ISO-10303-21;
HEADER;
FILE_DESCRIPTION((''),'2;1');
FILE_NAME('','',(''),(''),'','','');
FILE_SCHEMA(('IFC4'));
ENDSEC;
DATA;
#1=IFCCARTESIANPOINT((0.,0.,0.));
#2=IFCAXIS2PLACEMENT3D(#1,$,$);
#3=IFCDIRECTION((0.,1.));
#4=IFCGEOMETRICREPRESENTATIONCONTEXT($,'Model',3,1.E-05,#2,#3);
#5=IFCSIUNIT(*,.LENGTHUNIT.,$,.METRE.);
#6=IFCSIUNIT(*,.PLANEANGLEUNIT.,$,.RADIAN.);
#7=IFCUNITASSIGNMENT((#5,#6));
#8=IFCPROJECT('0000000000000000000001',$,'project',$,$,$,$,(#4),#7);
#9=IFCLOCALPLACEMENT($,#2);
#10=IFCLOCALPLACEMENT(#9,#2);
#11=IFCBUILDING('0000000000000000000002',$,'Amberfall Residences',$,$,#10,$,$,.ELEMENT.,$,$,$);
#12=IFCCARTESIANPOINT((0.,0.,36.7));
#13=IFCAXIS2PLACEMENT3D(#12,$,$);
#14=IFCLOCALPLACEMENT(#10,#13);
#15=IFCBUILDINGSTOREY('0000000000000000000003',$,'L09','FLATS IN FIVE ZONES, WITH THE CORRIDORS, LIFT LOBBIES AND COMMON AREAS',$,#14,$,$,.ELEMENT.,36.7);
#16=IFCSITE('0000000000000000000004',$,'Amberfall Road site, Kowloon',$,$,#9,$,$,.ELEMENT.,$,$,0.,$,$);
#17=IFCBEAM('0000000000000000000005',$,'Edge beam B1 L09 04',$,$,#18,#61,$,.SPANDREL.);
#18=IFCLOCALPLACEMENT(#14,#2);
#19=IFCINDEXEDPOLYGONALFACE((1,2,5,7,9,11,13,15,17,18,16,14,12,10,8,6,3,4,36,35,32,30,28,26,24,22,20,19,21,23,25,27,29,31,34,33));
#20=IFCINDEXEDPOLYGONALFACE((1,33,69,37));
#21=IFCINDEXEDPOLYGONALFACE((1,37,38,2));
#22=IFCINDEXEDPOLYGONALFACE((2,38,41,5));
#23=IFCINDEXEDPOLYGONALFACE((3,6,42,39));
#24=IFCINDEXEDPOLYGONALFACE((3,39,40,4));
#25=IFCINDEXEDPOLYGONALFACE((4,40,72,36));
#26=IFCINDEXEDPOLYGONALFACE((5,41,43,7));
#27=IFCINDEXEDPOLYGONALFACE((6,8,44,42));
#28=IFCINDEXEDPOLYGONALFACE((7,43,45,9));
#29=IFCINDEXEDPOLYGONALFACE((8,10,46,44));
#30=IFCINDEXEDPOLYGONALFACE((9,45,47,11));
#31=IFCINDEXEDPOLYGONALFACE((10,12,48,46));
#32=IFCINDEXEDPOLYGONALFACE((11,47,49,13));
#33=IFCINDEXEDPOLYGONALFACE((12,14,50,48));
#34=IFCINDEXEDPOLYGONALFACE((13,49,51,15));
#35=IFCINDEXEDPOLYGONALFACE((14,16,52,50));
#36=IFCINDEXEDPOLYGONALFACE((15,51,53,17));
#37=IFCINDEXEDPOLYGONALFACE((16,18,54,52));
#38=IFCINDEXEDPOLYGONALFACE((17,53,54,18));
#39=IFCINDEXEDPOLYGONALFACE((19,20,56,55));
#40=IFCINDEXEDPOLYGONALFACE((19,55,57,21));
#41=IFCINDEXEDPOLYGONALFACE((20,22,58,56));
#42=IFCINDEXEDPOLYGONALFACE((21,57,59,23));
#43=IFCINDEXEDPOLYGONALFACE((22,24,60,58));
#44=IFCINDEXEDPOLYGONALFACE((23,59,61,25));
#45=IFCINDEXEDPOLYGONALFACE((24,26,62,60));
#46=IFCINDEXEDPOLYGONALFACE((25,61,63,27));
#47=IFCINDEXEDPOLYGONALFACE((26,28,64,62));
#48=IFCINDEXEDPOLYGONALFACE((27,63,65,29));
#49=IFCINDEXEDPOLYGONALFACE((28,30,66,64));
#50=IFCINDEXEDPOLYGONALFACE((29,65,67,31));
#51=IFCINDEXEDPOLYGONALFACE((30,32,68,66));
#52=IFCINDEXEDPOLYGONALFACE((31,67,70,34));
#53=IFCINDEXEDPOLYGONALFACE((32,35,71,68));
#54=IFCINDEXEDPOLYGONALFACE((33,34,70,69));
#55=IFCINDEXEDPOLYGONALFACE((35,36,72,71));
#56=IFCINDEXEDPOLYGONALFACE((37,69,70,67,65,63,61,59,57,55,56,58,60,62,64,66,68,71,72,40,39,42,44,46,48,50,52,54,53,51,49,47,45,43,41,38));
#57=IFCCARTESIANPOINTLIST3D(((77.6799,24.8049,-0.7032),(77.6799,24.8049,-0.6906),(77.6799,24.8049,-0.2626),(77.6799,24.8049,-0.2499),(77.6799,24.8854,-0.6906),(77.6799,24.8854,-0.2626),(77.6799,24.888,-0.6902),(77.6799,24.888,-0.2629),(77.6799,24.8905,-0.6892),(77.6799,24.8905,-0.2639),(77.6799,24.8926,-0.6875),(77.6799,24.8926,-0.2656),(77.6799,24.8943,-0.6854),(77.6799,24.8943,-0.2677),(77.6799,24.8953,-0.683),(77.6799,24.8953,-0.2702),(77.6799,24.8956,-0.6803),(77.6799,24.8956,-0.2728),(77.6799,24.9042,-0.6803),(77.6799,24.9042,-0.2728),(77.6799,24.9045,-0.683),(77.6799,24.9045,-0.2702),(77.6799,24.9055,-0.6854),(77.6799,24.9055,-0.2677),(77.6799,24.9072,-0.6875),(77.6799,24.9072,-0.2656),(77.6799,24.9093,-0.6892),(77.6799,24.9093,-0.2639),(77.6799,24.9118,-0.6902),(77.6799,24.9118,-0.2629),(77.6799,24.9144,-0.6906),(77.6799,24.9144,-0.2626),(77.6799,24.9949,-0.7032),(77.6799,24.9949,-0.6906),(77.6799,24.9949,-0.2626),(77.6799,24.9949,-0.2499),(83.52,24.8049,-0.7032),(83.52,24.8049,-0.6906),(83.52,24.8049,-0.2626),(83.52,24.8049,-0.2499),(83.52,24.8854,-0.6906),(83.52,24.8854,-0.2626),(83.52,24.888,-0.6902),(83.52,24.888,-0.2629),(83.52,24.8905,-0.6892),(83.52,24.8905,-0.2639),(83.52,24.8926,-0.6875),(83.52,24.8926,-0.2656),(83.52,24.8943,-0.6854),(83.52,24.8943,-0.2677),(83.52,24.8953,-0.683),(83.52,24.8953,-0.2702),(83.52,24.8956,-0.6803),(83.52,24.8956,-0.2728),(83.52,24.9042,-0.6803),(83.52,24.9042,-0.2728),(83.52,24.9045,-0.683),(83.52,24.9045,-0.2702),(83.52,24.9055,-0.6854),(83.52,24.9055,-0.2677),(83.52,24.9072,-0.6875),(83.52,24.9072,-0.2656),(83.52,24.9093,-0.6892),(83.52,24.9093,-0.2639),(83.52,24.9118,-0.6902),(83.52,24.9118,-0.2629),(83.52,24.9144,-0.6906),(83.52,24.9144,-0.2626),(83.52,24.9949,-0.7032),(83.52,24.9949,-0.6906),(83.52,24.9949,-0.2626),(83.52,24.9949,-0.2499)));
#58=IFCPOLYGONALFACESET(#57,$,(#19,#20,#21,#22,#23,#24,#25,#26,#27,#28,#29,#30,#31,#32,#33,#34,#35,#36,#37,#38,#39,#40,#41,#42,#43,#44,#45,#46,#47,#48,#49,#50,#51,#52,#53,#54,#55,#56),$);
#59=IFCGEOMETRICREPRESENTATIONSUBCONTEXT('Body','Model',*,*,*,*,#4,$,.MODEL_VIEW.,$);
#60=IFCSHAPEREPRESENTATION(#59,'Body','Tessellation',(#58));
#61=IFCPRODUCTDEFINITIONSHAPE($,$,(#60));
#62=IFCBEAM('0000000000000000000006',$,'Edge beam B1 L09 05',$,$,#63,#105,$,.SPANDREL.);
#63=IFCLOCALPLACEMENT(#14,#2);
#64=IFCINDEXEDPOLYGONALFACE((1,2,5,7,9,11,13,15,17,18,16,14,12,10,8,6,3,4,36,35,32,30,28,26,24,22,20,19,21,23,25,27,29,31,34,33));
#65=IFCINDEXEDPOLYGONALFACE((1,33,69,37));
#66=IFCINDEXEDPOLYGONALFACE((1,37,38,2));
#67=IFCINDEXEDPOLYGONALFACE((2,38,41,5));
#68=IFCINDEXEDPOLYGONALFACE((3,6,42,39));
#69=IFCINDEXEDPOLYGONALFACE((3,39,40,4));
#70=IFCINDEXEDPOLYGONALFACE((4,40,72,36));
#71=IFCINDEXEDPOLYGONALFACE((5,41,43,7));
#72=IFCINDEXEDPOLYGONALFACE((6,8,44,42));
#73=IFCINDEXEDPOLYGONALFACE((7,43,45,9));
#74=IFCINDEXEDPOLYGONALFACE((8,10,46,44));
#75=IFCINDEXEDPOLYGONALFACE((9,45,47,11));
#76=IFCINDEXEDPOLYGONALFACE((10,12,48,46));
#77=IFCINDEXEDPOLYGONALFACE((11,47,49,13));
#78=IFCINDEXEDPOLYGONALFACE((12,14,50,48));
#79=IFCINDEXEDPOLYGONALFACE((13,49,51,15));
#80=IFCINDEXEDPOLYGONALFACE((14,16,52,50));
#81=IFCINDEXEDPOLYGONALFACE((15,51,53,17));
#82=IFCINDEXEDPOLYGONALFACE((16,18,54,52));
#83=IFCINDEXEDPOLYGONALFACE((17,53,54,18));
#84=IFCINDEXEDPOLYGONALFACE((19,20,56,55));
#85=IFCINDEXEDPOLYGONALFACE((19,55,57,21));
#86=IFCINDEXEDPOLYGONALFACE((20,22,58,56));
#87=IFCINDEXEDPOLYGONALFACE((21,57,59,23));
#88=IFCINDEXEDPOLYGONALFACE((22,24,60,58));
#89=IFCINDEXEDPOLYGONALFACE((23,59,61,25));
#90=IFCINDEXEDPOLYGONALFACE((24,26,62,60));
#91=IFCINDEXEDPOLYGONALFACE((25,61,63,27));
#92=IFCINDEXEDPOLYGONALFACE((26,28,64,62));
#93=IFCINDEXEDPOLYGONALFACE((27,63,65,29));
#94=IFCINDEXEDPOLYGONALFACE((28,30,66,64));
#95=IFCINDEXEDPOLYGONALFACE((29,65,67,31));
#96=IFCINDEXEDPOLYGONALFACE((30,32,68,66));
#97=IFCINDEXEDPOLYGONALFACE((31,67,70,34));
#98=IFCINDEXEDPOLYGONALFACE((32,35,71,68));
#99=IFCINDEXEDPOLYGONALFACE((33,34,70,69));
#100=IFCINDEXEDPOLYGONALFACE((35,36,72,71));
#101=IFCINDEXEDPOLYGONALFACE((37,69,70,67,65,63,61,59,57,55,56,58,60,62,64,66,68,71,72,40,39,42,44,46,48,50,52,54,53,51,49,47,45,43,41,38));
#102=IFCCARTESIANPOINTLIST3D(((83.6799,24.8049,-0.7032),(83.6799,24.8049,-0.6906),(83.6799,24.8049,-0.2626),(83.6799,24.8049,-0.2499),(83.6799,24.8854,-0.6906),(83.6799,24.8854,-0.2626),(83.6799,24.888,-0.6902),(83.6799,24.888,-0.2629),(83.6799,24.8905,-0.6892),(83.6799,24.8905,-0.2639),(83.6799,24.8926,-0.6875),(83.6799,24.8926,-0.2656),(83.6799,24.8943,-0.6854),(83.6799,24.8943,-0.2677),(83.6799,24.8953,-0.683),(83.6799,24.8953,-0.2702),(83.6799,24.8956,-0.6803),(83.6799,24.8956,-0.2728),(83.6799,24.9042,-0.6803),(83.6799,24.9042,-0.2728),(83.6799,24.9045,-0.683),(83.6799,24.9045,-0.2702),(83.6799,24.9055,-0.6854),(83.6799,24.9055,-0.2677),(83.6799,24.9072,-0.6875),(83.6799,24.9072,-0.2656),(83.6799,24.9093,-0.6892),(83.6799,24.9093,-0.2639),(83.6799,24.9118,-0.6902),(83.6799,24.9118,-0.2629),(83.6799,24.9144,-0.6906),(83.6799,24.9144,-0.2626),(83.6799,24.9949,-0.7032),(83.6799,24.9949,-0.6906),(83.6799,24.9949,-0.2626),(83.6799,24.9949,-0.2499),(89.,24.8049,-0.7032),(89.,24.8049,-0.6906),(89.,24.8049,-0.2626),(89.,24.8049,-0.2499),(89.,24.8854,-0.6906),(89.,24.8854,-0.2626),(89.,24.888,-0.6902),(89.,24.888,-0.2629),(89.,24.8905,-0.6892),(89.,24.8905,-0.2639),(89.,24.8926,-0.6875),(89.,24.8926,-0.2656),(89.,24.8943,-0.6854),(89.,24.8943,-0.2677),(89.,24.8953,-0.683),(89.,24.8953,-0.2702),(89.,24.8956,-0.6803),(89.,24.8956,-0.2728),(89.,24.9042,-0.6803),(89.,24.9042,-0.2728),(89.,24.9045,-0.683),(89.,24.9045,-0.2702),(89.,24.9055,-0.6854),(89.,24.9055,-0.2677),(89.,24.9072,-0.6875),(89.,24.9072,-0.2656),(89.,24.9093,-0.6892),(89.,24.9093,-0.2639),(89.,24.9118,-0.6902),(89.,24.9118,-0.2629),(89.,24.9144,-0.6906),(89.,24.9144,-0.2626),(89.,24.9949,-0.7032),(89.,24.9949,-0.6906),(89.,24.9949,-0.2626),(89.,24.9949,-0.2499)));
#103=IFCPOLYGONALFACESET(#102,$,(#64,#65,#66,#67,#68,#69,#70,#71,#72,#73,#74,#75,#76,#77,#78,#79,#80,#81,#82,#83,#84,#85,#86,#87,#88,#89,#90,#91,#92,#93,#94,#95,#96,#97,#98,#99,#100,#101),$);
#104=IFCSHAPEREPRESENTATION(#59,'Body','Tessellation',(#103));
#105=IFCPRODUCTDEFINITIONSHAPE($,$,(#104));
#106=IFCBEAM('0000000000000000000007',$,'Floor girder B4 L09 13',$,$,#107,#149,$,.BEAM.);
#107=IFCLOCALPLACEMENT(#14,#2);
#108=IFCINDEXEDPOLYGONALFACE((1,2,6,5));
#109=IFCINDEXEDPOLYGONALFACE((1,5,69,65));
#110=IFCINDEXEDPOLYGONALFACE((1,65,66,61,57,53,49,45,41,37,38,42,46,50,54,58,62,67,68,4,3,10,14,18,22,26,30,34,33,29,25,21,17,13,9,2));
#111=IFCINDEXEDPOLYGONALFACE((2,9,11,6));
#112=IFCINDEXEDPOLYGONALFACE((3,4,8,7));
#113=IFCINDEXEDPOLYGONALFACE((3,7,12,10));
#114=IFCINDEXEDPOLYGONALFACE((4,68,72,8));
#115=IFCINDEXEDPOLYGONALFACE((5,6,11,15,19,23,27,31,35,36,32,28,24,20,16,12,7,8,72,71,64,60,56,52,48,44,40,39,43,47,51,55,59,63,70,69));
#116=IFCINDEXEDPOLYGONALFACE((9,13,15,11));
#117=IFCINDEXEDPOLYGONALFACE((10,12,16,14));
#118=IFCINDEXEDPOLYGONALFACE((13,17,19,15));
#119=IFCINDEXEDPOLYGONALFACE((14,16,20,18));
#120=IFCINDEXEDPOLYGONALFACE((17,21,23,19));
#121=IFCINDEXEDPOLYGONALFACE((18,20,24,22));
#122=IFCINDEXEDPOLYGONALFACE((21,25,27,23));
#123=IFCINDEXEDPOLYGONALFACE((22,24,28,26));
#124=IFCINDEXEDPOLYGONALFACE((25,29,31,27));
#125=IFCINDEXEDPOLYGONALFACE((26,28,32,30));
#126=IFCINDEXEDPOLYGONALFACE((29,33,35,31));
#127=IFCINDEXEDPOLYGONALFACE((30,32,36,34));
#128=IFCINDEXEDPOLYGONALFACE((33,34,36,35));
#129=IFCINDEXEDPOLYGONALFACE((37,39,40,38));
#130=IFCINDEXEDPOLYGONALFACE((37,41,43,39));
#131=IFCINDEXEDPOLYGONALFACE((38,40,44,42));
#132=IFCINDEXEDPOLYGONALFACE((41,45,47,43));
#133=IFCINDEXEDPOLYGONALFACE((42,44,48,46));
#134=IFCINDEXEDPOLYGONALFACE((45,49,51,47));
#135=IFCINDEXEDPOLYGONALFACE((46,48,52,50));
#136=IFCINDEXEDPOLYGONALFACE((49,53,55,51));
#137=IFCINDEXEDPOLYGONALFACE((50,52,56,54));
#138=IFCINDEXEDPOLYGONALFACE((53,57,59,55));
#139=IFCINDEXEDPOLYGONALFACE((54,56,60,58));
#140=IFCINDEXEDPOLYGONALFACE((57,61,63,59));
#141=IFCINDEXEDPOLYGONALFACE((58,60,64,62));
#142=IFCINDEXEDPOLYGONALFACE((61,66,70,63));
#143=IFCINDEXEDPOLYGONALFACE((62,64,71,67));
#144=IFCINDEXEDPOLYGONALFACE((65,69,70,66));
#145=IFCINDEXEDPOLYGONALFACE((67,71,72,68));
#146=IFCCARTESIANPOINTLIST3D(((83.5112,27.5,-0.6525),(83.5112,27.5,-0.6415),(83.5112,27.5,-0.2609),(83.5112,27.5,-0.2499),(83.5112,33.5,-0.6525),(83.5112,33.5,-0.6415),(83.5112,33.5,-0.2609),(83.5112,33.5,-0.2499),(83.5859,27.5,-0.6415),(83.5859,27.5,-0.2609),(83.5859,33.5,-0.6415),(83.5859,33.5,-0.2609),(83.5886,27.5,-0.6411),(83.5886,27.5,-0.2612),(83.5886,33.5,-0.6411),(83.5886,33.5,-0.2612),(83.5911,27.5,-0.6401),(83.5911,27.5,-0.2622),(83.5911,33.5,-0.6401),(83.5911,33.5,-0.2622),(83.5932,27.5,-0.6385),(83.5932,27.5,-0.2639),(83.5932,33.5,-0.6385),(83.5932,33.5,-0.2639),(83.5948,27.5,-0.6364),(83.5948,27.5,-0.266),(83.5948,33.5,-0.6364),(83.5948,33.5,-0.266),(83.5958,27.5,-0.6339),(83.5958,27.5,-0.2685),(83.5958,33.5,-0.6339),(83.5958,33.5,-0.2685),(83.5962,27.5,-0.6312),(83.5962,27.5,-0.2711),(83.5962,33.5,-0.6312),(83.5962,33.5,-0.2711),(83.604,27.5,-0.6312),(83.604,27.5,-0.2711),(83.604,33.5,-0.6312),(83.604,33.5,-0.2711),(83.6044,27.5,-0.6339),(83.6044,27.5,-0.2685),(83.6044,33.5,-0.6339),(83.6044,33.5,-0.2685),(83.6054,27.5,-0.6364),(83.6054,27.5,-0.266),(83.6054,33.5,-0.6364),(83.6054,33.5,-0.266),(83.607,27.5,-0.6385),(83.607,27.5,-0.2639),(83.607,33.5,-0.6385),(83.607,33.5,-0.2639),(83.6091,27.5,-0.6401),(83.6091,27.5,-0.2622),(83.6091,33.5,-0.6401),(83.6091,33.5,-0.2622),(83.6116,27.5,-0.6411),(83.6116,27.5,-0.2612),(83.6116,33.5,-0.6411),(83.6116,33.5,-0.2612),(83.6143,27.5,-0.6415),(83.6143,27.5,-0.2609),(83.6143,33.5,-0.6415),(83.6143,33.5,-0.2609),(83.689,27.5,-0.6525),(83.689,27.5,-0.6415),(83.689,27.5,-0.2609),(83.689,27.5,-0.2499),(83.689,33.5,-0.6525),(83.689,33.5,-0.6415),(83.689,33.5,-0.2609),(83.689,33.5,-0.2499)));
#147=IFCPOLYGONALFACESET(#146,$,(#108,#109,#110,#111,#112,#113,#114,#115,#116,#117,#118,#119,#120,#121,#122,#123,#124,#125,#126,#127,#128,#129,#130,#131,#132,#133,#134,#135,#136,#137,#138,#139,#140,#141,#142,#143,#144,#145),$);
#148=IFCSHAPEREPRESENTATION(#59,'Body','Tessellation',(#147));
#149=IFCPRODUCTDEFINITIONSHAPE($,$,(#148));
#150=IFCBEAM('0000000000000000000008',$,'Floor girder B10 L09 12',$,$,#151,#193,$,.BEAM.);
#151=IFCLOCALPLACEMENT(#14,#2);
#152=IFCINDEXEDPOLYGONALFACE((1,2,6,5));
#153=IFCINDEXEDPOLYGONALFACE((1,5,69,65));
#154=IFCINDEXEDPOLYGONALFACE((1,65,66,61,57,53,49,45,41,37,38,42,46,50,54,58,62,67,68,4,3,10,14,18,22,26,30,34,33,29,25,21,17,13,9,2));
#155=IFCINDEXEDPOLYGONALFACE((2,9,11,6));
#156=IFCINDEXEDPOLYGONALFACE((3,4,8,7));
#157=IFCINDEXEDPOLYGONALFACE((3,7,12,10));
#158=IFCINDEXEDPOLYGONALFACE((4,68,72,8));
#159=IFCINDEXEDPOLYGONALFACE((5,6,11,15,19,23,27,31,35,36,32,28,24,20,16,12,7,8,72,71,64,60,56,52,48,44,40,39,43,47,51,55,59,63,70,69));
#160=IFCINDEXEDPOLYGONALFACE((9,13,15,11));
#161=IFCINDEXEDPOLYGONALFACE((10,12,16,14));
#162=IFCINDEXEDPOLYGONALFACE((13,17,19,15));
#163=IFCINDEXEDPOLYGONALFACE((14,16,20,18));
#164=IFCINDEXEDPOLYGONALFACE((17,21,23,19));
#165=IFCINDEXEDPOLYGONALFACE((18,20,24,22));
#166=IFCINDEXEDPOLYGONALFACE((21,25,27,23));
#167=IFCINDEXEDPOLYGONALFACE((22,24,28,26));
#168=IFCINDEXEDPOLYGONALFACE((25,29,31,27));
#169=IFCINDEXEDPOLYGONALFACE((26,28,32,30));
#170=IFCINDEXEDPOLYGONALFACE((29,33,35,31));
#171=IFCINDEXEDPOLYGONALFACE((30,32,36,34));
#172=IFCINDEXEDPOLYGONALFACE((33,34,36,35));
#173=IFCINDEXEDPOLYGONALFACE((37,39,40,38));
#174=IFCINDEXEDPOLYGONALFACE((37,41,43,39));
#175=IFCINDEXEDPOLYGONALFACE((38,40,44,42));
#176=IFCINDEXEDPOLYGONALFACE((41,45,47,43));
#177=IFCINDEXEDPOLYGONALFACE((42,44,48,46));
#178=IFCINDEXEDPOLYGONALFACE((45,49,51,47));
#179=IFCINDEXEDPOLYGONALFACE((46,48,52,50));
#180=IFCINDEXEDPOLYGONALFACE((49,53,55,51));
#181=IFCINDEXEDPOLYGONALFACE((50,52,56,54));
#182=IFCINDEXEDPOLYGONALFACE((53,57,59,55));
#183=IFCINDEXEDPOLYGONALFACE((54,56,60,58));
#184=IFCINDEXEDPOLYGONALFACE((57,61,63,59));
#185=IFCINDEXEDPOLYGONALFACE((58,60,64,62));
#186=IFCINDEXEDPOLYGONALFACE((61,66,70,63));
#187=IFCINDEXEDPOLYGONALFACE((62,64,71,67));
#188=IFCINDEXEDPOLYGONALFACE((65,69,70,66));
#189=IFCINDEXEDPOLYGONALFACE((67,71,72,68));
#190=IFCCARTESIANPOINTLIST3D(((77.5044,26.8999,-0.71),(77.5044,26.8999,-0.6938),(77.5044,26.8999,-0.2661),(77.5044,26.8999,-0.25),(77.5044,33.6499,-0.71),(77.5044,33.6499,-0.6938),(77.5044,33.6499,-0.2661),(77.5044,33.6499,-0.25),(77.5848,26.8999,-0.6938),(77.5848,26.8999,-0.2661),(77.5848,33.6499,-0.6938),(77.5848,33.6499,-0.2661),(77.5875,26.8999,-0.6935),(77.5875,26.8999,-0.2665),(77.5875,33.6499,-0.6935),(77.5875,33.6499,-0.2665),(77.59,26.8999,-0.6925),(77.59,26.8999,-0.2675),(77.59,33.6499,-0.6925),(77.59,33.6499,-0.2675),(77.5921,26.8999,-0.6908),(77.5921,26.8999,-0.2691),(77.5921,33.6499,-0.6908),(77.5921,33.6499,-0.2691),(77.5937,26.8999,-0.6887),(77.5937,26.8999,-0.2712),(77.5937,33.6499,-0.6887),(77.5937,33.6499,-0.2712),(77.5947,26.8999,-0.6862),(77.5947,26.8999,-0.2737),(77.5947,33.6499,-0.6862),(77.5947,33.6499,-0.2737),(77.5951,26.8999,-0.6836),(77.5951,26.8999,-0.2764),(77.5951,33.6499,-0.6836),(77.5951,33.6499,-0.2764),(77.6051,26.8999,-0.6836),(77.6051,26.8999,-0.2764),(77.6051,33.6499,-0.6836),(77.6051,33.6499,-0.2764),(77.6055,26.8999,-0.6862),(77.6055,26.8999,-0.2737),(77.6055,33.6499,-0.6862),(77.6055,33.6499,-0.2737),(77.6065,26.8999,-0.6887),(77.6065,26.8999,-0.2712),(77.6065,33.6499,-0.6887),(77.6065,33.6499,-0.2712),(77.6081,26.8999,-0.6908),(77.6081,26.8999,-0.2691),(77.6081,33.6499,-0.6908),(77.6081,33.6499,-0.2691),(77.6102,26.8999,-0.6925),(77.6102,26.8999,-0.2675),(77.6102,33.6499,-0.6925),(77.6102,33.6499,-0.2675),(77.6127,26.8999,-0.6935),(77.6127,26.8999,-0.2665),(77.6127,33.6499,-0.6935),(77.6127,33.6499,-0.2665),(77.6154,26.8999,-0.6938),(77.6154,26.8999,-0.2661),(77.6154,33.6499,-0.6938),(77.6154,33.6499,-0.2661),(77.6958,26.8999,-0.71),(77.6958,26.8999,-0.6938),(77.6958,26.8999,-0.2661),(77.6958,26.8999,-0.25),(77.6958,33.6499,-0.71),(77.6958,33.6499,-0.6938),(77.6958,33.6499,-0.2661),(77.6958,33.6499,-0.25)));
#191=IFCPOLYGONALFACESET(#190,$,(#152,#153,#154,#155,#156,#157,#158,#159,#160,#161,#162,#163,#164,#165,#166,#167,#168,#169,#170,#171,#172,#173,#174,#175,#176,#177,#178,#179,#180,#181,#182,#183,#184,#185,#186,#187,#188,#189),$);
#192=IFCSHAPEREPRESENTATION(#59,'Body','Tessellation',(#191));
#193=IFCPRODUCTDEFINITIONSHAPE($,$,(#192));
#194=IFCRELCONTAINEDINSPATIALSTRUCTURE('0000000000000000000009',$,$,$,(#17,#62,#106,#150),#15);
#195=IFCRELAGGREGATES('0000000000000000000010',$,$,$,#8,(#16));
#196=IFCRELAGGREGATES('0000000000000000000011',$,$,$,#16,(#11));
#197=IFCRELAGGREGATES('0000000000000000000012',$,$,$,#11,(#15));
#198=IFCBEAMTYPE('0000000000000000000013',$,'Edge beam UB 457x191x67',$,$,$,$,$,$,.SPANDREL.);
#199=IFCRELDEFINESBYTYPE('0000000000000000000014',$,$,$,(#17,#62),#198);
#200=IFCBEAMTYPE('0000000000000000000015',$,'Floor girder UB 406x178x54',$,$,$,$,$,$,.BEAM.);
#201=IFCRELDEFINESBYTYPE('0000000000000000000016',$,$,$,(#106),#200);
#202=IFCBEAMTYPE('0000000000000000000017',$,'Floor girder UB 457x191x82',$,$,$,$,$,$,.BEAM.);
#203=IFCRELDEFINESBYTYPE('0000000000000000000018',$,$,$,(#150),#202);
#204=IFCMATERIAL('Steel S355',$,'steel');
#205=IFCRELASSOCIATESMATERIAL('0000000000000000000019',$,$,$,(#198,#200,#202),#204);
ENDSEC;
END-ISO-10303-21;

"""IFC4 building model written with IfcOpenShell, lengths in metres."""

from ifc_helpers import new_model, si_unit, direction, frame, origin, origin_2d, place, context, subcontext, project, spatial, i_section, extrude, material, material_profile, profile_set, type_object, element, save


model = new_model("IFC4")

# Units and contexts
model_context = context("Model", 3, precision=1e-05, world=origin(), true_north=direction((0.0, 1.0)))
body_context = subcontext(model_context, "Body", "Model", "MODEL_VIEW")
ifc_project = project(units=[si_unit("LENGTHUNIT", "METRE"), si_unit("PLANEANGLEUNIT", "RADIAN")], contexts=[model_context])

# Site, building, storey
site_placement = place(None, origin())
site = spatial("IfcSite", under=ifc_project, at=site_placement, Name="Amberfall Road site, Kowloon", CompositionType="ELEMENT", RefElevation=0.0)
building_placement = place(site_placement, origin())
building = spatial("IfcBuilding", under=site, at=building_placement, Name="Amberfall Residences", CompositionType="ELEMENT")
storey_placement = place(building_placement, frame((0.0, 0.0, 36.7)))
storey = spatial("IfcBuildingStorey", under=building, at=storey_placement, Name="L09", Description="FLATS IN FIVE ZONES, WITH THE CORRIDORS, LIFT LOBBIES AND COMMON AREAS", CompositionType="ELEMENT", Elevation=36.7)

# Beams
ifc_material_1 = material(Name="Steel S355", Category="steel")
ifc_material_profile_1 = material_profile(ifc_material_1, i_section(OverallWidth=0.1899, OverallDepth=0.4534, WebThickness=0.0085, FlangeThickness=0.0127, FilletRadius=0.0103, at=origin_2d()), Name="UB 457x191x67")
ifc_profile_set_1 = profile_set([ifc_material_profile_1], Name="Steel S355")
beam_type_1 = type_object("IfcBeamType", Name="Edge beam UB 457x191x67", PredefinedType="SPANDREL", material=ifc_profile_set_1)
beam_1_placement = place(storey_placement, frame((77.6799, 24.8999, -0.4766), z_axis=(1.0, 0.0, 0.0), x_axis=(0.0, 1.0, 0.0)))
element("IfcBeam", 1, at=beam_1_placement, inside=storey, type_object=beam_type_1, Name="Edge beam B1 L09 04", PredefinedType="SPANDREL", context=body_context, shape_type="SweptSolid", body=[
    extrude(i_section(OverallWidth=0.1899, OverallDepth=0.4534, WebThickness=0.0085, FlangeThickness=0.0127, FilletRadius=0.0103, at=origin_2d()), origin(), (0.0, 0.0, 1.0), 5.8401),
])
beam_2_placement = place(storey_placement, frame((83.6799, 24.8999, -0.4766), z_axis=(1.0, 0.0, 0.0), x_axis=(0.0, 1.0, 0.0)))
element("IfcBeam", 2, at=beam_2_placement, inside=storey, type_object=beam_type_1, Name="Edge beam B1 L09 05", PredefinedType="SPANDREL", context=body_context, shape_type="SweptSolid", body=[
    extrude(i_section(OverallWidth=0.1899, OverallDepth=0.4534, WebThickness=0.0085, FlangeThickness=0.0127, FilletRadius=0.0103, at=origin_2d()), origin(), (0.0, 0.0, 1.0), 5.3201),
])
ifc_material_profile_2 = material_profile(ifc_material_1, i_section(OverallWidth=0.1777, OverallDepth=0.4026, WebThickness=0.0078, FlangeThickness=0.011, FilletRadius=0.0103, at=origin_2d()), Name="UB 406x178x54")
ifc_profile_set_2 = profile_set([ifc_material_profile_2], Name="Steel S355")
beam_type_2 = type_object("IfcBeamType", Name="Floor girder UB 406x178x54", PredefinedType="BEAM", material=ifc_profile_set_2)
beam_3_placement = place(storey_placement, frame((83.6001, 27.5, -0.4512), z_axis=(0.0, 1.0, 0.0), x_axis=(-1.0, 0.0, 0.0)))
element("IfcBeam", 3, at=beam_3_placement, inside=storey, type_object=beam_type_2, Name="Floor girder B4 L09 13", PredefinedType="BEAM", context=body_context, shape_type="SweptSolid", body=[
    extrude(i_section(OverallWidth=0.1777, OverallDepth=0.4026, WebThickness=0.0078, FlangeThickness=0.011, FilletRadius=0.0103, at=origin_2d()), origin(), (0.0, 0.0, 1.0), 6.0),
])
ifc_material_profile_3 = material_profile(ifc_material_1, i_section(OverallWidth=0.1914, OverallDepth=0.46, WebThickness=0.01, FlangeThickness=0.0161, FilletRadius=0.0103, at=origin_2d()), Name="UB 457x191x82")
ifc_profile_set_3 = profile_set([ifc_material_profile_3], Name="Steel S355")
beam_type_3 = type_object("IfcBeamType", Name="Floor girder UB 457x191x82", PredefinedType="BEAM", material=ifc_profile_set_3)
beam_4_placement = place(storey_placement, frame((77.6001, 26.8999, -0.48), z_axis=(0.0, 1.0, 0.0), x_axis=(-1.0, 0.0, 0.0)))
element("IfcBeam", 4, at=beam_4_placement, inside=storey, type_object=beam_type_3, Name="Floor girder B10 L09 12", PredefinedType="BEAM", context=body_context, shape_type="SweptSolid", body=[
    extrude(i_section(OverallWidth=0.1914, OverallDepth=0.46, WebThickness=0.01, FlangeThickness=0.0161, FilletRadius=0.0103, at=origin_2d()), origin(), (0.0, 0.0, 1.0), 6.75),
])

save(model, "model.ifc")
